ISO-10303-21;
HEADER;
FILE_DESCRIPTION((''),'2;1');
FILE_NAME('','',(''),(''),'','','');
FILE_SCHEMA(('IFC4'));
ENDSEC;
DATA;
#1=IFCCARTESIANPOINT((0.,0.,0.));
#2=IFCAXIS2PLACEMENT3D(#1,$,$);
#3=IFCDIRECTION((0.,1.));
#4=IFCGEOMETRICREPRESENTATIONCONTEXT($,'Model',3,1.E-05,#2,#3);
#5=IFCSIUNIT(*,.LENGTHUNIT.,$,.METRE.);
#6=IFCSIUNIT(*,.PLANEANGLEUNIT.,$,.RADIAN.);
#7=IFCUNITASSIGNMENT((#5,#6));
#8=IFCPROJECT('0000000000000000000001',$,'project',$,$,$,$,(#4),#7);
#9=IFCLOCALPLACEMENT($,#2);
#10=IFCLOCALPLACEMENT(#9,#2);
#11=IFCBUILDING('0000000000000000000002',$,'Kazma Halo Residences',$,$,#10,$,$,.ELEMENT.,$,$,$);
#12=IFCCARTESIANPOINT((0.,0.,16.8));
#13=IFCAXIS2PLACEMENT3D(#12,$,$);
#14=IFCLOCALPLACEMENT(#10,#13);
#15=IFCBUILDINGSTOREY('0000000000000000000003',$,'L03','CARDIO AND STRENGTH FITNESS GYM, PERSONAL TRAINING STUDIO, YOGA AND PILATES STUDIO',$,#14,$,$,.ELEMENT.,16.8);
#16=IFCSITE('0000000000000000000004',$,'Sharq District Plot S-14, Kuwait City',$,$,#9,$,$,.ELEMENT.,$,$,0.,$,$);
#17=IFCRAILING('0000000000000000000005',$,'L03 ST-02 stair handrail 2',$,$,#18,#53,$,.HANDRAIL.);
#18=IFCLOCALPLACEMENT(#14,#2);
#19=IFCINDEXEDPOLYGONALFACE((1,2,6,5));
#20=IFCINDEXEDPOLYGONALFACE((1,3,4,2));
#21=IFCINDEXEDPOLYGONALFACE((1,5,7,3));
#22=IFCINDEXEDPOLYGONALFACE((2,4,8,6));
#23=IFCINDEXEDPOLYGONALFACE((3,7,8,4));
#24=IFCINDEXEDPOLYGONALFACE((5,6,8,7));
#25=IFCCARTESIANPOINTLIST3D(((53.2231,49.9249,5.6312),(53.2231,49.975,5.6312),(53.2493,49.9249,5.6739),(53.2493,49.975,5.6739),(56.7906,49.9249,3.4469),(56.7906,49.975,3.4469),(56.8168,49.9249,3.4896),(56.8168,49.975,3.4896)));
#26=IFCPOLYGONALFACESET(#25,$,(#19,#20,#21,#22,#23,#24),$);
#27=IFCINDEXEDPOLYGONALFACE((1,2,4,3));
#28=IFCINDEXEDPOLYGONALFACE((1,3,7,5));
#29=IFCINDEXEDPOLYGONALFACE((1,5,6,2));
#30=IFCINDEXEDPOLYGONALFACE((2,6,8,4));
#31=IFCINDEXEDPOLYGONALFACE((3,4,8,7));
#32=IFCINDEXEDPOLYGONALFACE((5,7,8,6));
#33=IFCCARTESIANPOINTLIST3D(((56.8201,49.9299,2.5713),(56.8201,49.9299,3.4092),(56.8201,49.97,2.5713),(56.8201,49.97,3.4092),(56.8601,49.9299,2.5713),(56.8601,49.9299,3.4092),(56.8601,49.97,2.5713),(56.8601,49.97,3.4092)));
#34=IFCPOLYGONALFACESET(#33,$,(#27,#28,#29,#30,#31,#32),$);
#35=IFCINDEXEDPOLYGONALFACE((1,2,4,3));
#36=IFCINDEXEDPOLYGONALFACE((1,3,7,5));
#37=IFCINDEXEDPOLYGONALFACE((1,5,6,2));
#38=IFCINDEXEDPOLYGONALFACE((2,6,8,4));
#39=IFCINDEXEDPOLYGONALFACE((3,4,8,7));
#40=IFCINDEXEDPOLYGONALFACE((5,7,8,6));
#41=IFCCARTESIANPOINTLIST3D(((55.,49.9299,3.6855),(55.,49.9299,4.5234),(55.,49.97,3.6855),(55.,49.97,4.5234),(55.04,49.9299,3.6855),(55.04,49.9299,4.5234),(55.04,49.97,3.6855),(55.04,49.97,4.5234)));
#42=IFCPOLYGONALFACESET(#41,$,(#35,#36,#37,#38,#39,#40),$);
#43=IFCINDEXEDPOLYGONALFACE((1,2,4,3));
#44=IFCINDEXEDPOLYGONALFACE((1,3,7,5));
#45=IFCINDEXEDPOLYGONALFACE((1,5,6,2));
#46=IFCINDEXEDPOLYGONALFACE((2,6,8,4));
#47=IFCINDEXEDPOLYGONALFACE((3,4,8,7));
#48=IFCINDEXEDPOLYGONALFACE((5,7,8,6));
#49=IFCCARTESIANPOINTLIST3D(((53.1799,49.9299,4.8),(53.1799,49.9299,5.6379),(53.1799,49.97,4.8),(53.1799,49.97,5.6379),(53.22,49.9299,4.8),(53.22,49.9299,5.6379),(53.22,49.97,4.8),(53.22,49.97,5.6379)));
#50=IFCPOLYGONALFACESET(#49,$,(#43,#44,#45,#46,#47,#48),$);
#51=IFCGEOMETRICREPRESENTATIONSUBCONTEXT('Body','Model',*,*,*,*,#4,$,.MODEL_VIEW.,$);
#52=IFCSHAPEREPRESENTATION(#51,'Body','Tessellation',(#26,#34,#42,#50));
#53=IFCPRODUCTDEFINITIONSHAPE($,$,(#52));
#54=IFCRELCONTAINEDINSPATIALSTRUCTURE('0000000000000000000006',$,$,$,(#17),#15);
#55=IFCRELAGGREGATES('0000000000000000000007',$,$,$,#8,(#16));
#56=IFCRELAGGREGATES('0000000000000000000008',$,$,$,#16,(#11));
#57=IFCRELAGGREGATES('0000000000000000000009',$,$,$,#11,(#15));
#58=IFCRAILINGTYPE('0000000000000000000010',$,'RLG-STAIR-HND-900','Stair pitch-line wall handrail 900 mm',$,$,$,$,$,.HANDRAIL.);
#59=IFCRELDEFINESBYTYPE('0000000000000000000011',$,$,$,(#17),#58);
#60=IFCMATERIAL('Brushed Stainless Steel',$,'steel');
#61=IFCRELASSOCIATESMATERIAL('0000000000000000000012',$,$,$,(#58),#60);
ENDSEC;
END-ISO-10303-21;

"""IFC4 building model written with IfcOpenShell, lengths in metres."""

from ifc_helpers import new_model, si_unit, direction, frame, origin, origin_2d, place, context, subcontext, project, spatial, rectangle, extrude, material, type_object, element, save


model = new_model("IFC4")

# Units and contexts
model_context = context("Model", 3, precision=1e-05, world=origin(), true_north=direction((0.0, 1.0)))
body_context = subcontext(model_context, "Body", "Model", "MODEL_VIEW")
ifc_project = project(units=[si_unit("LENGTHUNIT", "METRE"), si_unit("PLANEANGLEUNIT", "RADIAN")], contexts=[model_context])

# Site, building, storey
site_placement = place(None, origin())
site = spatial("IfcSite", under=ifc_project, at=site_placement, Name="Sharq District Plot S-14, Kuwait City", CompositionType="ELEMENT", RefElevation=0.0)
building_placement = place(site_placement, origin())
building = spatial("IfcBuilding", under=site, at=building_placement, Name="Kazma Halo Residences", CompositionType="ELEMENT")
storey_placement = place(building_placement, frame((0.0, 0.0, 16.8)))
storey = spatial("IfcBuildingStorey", under=building, at=storey_placement, Name="L03", Description="CARDIO AND STRENGTH FITNESS GYM, PERSONAL TRAINING STUDIO, YOGA AND PILATES STUDIO", CompositionType="ELEMENT", Elevation=16.8)

# Railing
ifc_material_1 = material(Name="Brushed Stainless Steel", Category="steel")
railing_type = type_object("IfcRailingType", Name="RLG-STAIR-HND-900", Description="Stair pitch-line wall handrail 900 mm", PredefinedType="HANDRAIL", material=ifc_material_1)
railing_placement = place(storey_placement, frame((56.8401, 49.95, 2.5713)))
element("IfcRailing", 1, at=railing_placement, inside=storey, type_object=railing_type, Name="L03 ST-02 stair handrail 2", PredefinedType="HANDRAIL", context=body_context, shape_type="SweptSolid", body=[
    extrude(rectangle(XDim=0.05, YDim=0.05, at=origin_2d()), frame((-0.0364, 0.0, 0.897), z_axis=(-0.85284, 0.0, 0.522172), x_axis=(0.0, -1.0, 0.0)), (0.0, 0.0, 1.0), 4.1831),
    extrude(rectangle(XDim=0.04, YDim=0.04, at=origin_2d()), origin(), (0.0, 0.0, 1.0), 0.8379),
    extrude(rectangle(XDim=0.04, YDim=0.04, at=origin_2d()), frame((-1.8201, 0.0, 1.1143)), (0.0, 0.0, 1.0), 0.8379),
    extrude(rectangle(XDim=0.04, YDim=0.04, at=origin_2d()), frame((-3.6401, 0.0, 2.2288)), (0.0, 0.0, 1.0), 0.8379),
])

save(model, "model.ifc")
